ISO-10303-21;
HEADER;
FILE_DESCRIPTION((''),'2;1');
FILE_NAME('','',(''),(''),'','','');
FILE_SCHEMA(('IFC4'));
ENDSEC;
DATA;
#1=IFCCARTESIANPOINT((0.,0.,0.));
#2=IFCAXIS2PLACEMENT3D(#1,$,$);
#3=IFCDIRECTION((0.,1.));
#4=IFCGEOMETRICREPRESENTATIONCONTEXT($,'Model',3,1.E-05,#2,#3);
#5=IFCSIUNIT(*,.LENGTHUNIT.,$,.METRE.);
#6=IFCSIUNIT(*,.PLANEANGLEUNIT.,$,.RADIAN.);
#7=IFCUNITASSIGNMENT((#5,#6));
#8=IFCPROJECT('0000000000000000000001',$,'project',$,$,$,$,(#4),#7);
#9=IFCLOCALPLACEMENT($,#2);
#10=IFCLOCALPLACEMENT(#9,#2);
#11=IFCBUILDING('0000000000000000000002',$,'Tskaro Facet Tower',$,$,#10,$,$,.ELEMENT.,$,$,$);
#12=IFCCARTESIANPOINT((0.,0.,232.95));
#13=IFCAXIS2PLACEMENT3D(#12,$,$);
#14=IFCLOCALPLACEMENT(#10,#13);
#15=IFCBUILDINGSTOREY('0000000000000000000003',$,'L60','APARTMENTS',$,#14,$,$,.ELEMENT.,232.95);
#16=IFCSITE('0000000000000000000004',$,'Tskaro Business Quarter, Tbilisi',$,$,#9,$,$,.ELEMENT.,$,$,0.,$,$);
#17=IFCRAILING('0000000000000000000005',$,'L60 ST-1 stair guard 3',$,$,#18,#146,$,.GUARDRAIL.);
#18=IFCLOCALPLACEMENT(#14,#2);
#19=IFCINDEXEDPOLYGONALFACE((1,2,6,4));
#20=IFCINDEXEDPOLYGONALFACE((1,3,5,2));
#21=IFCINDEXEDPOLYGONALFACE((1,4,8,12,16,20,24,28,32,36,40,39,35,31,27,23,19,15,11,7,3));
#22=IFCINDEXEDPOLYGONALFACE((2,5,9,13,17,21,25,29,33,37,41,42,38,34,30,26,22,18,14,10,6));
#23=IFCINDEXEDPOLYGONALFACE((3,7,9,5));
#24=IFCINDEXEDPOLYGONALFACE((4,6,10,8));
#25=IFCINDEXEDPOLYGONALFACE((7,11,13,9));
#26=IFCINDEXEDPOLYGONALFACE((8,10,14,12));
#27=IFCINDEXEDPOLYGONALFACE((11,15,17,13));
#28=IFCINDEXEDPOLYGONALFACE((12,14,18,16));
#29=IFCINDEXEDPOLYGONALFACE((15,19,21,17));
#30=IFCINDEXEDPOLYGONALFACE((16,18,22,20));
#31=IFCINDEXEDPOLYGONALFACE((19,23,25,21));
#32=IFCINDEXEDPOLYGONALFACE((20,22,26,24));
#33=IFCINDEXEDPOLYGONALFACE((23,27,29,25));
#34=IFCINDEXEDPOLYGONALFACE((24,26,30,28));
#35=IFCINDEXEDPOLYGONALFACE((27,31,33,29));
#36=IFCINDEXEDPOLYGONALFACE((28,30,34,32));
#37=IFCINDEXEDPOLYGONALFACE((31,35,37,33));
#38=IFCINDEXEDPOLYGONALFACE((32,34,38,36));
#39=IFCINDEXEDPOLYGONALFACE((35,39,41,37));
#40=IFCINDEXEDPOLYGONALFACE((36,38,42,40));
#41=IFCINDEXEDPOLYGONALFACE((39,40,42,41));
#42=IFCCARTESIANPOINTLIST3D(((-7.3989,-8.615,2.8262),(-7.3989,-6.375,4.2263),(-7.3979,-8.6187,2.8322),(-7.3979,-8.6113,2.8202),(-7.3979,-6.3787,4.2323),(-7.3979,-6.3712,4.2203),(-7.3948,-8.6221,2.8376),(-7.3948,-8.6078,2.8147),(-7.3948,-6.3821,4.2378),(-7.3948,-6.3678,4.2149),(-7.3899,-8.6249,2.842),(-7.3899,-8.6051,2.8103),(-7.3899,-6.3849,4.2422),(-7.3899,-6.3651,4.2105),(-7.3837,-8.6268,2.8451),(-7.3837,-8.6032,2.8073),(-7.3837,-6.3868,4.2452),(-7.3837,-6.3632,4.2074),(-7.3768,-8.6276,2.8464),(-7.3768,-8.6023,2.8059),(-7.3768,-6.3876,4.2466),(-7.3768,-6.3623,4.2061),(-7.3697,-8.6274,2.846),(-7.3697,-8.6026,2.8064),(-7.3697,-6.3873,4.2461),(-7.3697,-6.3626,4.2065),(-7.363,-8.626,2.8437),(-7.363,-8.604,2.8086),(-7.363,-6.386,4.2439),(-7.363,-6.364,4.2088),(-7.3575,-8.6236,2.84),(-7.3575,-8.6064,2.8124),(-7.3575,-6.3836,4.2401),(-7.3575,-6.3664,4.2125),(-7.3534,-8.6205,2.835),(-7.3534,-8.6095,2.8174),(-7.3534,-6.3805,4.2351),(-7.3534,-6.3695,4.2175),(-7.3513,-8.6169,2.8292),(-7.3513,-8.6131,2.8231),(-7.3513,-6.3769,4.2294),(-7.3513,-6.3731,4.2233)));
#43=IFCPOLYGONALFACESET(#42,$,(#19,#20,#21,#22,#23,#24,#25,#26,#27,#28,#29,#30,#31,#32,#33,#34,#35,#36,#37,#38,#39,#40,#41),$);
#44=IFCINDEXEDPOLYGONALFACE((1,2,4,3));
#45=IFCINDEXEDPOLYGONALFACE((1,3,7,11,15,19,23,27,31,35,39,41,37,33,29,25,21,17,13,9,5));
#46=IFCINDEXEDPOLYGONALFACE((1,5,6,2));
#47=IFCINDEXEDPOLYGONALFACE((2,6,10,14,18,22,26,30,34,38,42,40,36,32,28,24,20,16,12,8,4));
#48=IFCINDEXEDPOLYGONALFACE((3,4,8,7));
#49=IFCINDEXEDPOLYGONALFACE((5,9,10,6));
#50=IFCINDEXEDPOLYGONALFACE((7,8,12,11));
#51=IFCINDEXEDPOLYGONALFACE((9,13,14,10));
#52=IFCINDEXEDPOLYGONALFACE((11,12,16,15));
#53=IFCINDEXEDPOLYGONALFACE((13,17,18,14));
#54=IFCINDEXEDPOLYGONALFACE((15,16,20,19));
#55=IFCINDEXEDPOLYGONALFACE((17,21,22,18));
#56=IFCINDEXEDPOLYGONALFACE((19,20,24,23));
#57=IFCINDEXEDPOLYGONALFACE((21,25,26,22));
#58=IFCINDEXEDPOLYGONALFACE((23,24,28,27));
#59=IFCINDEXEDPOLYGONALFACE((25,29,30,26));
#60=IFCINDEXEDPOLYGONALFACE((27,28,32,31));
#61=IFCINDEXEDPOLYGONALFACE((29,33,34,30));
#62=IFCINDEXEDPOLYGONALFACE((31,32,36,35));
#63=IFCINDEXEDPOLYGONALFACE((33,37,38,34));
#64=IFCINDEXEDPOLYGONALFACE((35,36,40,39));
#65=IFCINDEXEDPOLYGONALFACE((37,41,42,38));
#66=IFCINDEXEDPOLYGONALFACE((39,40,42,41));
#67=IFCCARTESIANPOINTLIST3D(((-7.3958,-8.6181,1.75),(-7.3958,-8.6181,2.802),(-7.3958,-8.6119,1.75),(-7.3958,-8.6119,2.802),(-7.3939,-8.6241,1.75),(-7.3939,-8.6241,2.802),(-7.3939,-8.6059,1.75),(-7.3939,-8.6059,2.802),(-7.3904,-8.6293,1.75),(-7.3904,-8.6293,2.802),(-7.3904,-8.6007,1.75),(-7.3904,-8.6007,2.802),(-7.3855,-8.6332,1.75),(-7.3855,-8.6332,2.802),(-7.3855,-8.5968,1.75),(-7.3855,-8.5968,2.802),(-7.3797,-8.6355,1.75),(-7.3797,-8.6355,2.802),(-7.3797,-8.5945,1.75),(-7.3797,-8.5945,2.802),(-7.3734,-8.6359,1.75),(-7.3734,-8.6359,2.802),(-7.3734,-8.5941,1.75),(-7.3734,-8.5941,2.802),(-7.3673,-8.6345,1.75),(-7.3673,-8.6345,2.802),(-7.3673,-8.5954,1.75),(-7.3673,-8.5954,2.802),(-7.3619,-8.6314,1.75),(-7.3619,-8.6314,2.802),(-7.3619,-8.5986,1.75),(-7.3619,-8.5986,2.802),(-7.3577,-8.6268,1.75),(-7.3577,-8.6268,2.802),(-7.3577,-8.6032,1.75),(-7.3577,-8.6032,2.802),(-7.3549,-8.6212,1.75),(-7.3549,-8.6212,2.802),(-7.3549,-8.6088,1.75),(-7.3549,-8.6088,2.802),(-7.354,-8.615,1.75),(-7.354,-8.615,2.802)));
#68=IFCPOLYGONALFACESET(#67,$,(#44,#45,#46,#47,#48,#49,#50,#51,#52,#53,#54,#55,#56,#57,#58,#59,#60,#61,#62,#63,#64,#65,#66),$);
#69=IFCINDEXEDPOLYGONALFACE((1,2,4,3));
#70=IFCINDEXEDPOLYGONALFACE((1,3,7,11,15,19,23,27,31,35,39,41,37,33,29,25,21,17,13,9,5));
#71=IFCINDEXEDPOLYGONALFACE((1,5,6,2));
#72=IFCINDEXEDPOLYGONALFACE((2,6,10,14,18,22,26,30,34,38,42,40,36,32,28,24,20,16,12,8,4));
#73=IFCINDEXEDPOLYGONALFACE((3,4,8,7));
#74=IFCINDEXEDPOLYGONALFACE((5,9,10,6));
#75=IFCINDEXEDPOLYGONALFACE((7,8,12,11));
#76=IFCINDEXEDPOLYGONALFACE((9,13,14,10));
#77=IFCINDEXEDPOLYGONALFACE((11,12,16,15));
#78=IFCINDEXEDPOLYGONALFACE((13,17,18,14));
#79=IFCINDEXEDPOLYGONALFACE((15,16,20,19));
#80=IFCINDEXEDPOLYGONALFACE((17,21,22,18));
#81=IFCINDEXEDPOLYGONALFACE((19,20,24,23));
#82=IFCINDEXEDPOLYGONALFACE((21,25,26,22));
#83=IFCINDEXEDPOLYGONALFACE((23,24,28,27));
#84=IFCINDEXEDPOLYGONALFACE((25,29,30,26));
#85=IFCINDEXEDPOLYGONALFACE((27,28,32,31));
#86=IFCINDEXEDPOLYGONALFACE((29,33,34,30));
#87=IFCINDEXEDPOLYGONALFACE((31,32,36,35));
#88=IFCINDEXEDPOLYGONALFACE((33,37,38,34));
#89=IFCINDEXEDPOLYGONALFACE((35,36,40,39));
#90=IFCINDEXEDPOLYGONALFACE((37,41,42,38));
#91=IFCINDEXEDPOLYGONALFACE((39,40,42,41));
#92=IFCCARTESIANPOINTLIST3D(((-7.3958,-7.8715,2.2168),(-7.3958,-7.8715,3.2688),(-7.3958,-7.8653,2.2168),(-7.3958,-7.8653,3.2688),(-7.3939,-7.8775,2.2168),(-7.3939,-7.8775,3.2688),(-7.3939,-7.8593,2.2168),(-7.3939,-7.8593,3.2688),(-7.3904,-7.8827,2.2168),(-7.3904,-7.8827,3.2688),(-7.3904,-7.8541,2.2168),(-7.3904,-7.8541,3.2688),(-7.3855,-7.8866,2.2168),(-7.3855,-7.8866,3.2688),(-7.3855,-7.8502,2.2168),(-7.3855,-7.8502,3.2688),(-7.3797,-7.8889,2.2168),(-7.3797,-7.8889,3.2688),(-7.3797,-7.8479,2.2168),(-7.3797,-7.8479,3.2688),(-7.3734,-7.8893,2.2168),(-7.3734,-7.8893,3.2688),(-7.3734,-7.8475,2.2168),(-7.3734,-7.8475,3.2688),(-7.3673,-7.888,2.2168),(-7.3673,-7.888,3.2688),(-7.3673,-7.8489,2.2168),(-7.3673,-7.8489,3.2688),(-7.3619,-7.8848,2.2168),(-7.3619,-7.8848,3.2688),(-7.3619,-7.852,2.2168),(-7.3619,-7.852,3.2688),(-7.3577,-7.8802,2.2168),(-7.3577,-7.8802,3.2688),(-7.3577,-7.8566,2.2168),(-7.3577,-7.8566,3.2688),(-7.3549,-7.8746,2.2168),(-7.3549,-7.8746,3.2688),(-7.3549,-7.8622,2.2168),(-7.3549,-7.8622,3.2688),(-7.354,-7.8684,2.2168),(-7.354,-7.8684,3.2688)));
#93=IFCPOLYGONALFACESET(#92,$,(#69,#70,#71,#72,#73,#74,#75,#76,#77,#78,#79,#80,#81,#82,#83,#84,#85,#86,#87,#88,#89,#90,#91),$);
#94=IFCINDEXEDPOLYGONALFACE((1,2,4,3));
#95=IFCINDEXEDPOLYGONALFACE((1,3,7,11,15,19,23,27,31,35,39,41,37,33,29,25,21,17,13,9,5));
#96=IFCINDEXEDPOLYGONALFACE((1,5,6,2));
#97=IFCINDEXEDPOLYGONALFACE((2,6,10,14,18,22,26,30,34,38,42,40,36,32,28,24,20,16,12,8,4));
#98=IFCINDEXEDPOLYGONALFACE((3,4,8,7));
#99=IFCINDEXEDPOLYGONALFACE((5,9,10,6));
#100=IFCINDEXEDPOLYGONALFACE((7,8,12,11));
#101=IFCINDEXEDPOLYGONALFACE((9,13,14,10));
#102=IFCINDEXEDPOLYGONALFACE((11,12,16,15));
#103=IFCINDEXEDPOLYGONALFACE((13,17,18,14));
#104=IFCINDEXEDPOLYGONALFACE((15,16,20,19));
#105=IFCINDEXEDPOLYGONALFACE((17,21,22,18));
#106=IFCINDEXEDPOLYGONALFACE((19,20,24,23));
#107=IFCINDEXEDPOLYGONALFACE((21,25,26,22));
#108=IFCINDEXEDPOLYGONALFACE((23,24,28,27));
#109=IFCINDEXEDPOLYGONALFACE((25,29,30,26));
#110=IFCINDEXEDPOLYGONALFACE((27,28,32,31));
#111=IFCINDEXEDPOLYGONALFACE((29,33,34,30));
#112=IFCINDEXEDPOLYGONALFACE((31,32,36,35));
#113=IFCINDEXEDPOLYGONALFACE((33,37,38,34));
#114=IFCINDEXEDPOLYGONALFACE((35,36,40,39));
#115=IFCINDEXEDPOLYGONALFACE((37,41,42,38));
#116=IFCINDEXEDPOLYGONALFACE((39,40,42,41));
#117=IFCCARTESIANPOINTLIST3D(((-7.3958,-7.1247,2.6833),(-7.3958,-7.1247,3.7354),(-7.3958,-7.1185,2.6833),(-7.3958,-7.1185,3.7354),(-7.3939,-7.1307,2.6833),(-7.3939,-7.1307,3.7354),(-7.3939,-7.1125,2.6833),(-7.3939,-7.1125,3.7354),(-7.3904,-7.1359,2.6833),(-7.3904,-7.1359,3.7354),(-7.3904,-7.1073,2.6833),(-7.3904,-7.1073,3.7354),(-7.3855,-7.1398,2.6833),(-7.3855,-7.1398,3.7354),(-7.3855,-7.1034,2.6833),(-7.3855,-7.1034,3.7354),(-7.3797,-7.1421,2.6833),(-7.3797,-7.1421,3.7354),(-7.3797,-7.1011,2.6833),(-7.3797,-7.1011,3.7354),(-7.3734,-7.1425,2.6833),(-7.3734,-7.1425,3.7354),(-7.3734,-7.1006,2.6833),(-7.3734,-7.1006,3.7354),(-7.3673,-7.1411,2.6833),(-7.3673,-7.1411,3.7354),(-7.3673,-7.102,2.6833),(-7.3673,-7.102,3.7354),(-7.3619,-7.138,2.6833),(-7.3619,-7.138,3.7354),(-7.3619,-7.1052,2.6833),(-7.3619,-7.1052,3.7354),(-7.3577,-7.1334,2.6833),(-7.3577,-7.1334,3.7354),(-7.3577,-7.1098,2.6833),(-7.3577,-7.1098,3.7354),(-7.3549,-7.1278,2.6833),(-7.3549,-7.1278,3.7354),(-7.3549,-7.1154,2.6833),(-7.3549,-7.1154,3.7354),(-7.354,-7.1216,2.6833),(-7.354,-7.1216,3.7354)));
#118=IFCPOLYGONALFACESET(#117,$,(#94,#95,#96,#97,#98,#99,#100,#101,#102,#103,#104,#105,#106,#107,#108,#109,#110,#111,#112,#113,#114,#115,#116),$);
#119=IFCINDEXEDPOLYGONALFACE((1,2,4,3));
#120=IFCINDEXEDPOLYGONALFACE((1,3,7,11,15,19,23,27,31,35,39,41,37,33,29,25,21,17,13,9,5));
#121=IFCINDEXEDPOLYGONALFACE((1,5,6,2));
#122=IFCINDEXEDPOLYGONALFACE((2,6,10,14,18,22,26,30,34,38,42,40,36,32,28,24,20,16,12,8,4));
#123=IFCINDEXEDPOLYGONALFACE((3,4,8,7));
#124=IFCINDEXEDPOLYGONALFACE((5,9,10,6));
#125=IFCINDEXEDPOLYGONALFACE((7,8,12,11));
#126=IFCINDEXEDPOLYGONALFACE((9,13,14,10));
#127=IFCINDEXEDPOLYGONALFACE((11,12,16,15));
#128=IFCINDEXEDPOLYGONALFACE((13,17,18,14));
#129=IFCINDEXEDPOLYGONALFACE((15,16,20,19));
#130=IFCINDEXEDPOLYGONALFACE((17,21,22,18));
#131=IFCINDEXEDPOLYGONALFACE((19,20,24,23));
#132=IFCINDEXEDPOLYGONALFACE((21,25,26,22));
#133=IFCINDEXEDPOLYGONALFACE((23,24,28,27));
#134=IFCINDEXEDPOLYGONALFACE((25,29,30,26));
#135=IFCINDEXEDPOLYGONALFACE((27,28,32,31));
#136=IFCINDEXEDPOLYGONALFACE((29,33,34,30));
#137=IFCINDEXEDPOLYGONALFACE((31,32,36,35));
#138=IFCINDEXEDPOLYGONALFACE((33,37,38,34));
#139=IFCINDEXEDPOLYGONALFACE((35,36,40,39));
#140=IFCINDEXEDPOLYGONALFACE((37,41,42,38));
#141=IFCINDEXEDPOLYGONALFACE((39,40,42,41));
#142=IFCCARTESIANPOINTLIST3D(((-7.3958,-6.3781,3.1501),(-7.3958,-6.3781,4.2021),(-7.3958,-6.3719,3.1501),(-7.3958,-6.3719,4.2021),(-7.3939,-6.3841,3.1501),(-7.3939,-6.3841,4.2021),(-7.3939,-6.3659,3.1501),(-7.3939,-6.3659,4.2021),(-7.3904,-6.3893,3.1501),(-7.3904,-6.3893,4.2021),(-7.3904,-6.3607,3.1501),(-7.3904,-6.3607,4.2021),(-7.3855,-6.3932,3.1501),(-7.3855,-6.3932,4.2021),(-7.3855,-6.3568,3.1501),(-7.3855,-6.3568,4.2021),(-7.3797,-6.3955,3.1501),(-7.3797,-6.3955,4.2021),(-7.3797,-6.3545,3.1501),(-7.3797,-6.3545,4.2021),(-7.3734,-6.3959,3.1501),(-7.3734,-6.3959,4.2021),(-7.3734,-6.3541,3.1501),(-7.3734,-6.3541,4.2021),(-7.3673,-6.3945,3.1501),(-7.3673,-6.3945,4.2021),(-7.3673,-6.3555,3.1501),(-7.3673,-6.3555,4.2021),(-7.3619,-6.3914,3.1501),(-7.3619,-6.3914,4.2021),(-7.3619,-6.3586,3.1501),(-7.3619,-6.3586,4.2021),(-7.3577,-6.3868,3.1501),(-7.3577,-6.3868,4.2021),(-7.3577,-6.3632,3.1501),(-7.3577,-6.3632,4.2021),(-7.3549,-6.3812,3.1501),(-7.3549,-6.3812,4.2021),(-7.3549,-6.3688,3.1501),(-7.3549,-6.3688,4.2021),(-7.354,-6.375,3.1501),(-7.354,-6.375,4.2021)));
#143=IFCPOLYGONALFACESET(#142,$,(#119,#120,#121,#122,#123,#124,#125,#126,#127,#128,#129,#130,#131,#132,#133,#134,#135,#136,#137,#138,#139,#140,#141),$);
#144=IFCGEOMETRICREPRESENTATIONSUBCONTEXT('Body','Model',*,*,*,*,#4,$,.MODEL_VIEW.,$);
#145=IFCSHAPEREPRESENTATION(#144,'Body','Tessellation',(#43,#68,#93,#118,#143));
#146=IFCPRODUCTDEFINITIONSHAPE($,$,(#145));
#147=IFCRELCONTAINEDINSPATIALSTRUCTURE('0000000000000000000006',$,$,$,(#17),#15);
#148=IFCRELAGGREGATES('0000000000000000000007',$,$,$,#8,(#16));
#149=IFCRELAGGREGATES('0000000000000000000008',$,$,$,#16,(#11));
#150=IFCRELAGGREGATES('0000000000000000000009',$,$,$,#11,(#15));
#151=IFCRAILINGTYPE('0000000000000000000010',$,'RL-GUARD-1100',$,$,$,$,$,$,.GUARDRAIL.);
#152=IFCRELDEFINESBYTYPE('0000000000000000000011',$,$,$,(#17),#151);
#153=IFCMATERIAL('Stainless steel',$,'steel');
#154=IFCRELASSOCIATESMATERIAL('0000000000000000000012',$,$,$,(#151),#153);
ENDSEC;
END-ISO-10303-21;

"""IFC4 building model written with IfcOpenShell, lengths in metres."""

from ifc_helpers import new_model, si_unit, direction, frame, origin, origin_2d, place, context, subcontext, project, spatial, circle, extrude, material, type_object, element, save


model = new_model("IFC4")

# Units and contexts
model_context = context("Model", 3, precision=1e-05, world=origin(), true_north=direction((0.0, 1.0)))
body_context = subcontext(model_context, "Body", "Model", "MODEL_VIEW")
ifc_project = project(units=[si_unit("LENGTHUNIT", "METRE"), si_unit("PLANEANGLEUNIT", "RADIAN")], contexts=[model_context])

# Site, building, storey
site_placement = place(None, origin())
site = spatial("IfcSite", under=ifc_project, at=site_placement, Name="Tskaro Business Quarter, Tbilisi", CompositionType="ELEMENT", RefElevation=0.0)
building_placement = place(site_placement, origin())
building = spatial("IfcBuilding", under=site, at=building_placement, Name="Tskaro Facet Tower", CompositionType="ELEMENT")
storey_placement = place(building_placement, frame((0.0, 0.0, 232.95)))
storey = spatial("IfcBuildingStorey", under=building, at=storey_placement, Name="L60", Description="APARTMENTS", CompositionType="ELEMENT", Elevation=232.95)

# Shared definitions
ifc_material_1 = material(Name="Stainless steel", Category="steel")

# Railing
railing_type_1 = type_object("IfcRailingType", Name="RL-GUARD-1100", PredefinedType="GUARDRAIL", material=ifc_material_1)
railing_1_placement = place(storey_placement, frame((-7.375, -8.615, 1.75)))
element("IfcRailing", 1, at=railing_1_placement, inside=storey, type_object=railing_type_1, Name="L60 ST-1 stair guard 3", PredefinedType="GUARDRAIL", context=body_context, shape_type="SweptSolid", body=[
    extrude(circle(Radius=0.0239, at=origin_2d()), frame((0.0, 0.0, 1.0762), z_axis=(0.0, 0.847972, 0.53004), x_axis=(-1.0, 0.0, 0.0)), (0.0, 0.0, 1.0), 2.6416),
    extrude(circle(Radius=0.021, at=origin_2d()), origin(), (0.0, 0.0, 1.0), 1.052),
    extrude(circle(Radius=0.021, at=origin_2d()), frame((0.0, 0.7466, 0.4668)), (0.0, 0.0, 1.0), 1.052),
    extrude(circle(Radius=0.021, at=origin_2d()), frame((0.0, 1.4934, 0.9333)), (0.0, 0.0, 1.0), 1.052),
    extrude(circle(Radius=0.021, at=origin_2d()), frame((0.0, 2.24, 1.4001)), (0.0, 0.0, 1.0), 1.052),
])

save(model, "model.ifc")
